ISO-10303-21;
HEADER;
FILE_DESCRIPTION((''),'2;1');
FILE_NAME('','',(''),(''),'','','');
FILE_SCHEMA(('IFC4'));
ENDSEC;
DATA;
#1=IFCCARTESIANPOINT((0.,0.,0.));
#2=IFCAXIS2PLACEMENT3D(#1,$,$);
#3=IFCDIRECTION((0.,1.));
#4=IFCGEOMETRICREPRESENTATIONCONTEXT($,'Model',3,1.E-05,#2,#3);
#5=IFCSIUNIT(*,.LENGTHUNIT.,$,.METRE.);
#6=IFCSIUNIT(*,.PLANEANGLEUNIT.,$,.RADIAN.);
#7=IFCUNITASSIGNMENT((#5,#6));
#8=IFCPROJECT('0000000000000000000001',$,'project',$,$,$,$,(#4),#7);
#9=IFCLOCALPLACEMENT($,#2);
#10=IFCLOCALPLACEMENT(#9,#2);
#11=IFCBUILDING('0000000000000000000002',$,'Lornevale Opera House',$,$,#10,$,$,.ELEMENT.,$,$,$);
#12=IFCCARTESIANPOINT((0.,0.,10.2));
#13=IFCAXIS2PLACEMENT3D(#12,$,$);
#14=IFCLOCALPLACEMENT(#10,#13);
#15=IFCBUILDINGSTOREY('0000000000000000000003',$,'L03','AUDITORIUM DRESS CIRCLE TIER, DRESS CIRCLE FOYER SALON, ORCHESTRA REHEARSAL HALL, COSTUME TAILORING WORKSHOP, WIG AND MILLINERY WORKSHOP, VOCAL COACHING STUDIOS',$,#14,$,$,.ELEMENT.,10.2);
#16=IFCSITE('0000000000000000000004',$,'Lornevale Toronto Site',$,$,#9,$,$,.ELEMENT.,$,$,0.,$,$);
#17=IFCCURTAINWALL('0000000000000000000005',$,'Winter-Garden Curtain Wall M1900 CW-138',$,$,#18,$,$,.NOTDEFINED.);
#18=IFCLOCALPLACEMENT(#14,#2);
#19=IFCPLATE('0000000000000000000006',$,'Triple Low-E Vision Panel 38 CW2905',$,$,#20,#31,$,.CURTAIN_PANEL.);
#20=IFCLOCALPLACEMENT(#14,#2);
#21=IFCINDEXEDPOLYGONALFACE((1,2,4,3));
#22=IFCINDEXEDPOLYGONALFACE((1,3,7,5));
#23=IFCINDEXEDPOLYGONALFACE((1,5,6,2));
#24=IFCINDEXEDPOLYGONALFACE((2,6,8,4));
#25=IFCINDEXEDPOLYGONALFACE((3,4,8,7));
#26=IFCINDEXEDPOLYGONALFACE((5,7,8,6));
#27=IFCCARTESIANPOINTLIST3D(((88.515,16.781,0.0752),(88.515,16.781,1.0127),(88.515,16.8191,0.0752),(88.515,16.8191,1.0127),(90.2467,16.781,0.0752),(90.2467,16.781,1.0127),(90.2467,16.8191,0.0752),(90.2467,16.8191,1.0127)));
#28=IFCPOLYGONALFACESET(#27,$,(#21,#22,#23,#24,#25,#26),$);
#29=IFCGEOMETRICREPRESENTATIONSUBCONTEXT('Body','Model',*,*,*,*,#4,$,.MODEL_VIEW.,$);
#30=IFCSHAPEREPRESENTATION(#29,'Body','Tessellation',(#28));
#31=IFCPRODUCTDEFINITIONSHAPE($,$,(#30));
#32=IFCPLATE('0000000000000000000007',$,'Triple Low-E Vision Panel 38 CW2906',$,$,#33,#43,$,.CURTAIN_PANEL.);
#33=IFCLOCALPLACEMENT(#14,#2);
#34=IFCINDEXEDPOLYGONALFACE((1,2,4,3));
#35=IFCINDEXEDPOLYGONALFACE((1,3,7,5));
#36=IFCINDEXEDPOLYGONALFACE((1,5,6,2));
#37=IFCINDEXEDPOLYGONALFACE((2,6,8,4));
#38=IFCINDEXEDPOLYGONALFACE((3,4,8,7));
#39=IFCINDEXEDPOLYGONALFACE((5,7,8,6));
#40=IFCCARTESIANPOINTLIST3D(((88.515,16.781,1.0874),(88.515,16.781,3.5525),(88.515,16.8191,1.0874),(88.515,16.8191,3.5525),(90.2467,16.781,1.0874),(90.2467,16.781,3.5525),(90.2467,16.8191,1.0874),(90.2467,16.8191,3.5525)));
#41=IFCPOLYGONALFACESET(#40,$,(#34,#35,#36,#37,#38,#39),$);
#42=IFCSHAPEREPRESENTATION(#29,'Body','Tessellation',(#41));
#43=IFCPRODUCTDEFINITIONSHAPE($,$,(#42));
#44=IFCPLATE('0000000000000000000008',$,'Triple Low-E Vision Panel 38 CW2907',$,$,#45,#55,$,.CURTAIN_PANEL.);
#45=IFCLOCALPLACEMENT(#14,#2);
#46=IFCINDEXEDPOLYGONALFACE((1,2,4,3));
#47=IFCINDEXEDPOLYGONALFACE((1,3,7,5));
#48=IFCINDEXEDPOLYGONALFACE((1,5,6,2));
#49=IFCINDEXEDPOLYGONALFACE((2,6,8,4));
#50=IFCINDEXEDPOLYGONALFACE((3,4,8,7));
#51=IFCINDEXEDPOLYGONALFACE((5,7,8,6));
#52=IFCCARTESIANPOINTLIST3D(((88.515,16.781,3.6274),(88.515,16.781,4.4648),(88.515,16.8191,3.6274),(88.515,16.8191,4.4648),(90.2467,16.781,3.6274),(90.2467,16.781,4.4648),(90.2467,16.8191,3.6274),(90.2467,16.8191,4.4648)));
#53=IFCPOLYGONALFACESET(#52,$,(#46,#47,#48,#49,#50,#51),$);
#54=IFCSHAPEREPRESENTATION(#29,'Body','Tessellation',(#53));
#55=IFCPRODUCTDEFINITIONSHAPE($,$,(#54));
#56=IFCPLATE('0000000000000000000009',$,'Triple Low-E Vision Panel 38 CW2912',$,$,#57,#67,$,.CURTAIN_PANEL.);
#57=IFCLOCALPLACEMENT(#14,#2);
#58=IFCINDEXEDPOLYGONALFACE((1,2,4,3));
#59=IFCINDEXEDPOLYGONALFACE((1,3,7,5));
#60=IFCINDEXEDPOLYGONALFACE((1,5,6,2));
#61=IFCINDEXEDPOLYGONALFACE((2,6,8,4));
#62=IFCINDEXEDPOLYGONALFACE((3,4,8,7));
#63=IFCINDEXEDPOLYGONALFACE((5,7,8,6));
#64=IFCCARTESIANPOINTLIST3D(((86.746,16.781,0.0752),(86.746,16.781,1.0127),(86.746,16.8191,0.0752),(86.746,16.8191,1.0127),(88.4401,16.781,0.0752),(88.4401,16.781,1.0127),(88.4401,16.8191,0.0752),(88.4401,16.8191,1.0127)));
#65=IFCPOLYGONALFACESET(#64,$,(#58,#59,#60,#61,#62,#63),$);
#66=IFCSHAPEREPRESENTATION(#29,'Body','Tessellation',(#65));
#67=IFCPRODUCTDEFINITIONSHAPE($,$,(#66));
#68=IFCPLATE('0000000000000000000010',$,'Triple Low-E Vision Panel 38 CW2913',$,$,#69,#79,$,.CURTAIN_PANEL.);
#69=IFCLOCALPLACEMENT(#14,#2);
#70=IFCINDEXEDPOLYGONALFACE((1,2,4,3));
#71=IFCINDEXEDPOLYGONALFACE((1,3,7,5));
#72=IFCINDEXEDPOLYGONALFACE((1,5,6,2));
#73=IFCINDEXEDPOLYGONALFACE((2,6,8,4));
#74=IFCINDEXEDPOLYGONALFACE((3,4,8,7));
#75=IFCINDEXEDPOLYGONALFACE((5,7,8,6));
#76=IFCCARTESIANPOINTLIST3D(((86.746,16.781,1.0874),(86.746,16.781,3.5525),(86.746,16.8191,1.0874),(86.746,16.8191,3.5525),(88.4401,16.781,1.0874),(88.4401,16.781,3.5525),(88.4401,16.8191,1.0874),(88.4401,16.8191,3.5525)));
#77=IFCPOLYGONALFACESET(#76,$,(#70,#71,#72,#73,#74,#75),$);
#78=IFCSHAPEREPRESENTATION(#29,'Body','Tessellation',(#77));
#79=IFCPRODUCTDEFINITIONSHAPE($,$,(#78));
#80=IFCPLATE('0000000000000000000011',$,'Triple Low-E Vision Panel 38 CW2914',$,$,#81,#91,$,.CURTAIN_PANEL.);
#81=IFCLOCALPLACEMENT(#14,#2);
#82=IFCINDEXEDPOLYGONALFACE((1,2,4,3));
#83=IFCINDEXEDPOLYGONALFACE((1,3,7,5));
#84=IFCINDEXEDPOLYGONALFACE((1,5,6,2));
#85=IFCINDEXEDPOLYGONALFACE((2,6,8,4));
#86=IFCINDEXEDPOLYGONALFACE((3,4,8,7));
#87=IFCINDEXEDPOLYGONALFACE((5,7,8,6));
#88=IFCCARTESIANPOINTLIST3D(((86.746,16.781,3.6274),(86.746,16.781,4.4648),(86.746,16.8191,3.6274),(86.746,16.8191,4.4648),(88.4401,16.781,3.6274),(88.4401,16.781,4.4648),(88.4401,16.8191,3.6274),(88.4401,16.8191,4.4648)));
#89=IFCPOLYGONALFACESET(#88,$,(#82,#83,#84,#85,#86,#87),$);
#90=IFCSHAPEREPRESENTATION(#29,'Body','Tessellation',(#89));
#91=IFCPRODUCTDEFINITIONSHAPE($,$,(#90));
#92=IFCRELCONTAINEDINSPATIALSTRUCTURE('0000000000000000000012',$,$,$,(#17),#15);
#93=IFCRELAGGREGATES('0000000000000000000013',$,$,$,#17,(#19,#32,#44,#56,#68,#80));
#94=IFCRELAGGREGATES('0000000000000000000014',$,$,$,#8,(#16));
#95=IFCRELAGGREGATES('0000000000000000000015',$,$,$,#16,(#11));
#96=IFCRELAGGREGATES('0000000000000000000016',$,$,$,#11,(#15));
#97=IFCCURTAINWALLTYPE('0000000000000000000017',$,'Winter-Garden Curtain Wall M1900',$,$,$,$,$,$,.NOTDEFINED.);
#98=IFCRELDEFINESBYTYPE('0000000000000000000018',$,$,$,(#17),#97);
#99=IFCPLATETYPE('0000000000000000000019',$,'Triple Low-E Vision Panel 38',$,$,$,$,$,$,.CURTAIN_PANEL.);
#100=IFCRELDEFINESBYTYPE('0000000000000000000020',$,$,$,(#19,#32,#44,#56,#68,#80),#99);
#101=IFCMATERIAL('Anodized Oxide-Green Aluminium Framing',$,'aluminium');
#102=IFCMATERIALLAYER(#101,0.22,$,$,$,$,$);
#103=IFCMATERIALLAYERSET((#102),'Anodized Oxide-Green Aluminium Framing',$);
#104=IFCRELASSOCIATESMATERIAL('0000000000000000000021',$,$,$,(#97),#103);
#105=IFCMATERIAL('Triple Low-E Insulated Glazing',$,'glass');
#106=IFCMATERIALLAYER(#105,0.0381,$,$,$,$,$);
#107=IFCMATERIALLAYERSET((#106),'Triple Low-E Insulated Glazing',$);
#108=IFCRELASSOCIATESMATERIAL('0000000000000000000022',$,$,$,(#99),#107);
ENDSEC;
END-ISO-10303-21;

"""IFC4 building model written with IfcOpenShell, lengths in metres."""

from ifc_helpers import new_model, si_unit, direction, frame, origin, origin_2d, place, context, subcontext, project, spatial, rectangle, extrude, material, layer, layer_set, type_object, element, aggregate, save


model = new_model("IFC4")

# Units and contexts
model_context = context("Model", 3, precision=1e-05, world=origin(), true_north=direction((0.0, 1.0)))
body_context = subcontext(model_context, "Body", "Model", "MODEL_VIEW")
ifc_project = project(units=[si_unit("LENGTHUNIT", "METRE"), si_unit("PLANEANGLEUNIT", "RADIAN")], contexts=[model_context])

# Site, building, storey
site_placement = place(None, origin())
site = spatial("IfcSite", under=ifc_project, at=site_placement, Name="Lornevale Toronto Site", CompositionType="ELEMENT", RefElevation=0.0)
building_placement = place(site_placement, origin())
building = spatial("IfcBuilding", under=site, at=building_placement, Name="Lornevale Opera House", CompositionType="ELEMENT")
storey_placement = place(building_placement, frame((0.0, 0.0, 10.2)))
storey = spatial("IfcBuildingStorey", under=building, at=storey_placement, Name="L03", Description="AUDITORIUM DRESS CIRCLE TIER, DRESS CIRCLE FOYER SALON, ORCHESTRA REHEARSAL HALL, COSTUME TAILORING WORKSHOP, WIG AND MILLINERY WORKSHOP, VOCAL COACHING STUDIOS", CompositionType="ELEMENT", Elevation=10.2)

# Shared definitions
ifc_material_1 = material(Name="Anodized Oxide-Green Aluminium Framing", Category="aluminium")
ifc_layer_1 = layer(ifc_material_1, 0.22)
ifc_layer_set_1 = layer_set([ifc_layer_1], Name="Anodized Oxide-Green Aluminium Framing")
curtain_wall_type = type_object("IfcCurtainWallType", Name="Winter-Garden Curtain Wall M1900", PredefinedType="NOTDEFINED", material=ifc_layer_set_1)

# Curtain wall
curtain_wall_1_placement = place(storey_placement, origin())
curtain_wall_1 = element("IfcCurtainWall", 1, at=curtain_wall_1_placement, inside=storey, type_object=curtain_wall_type, Name="Winter-Garden Curtain Wall M1900 CW-138", PredefinedType="NOTDEFINED")

# Plates
ifc_material_2 = material(Name="Triple Low-E Insulated Glazing", Category="glass")
ifc_layer_2 = layer(ifc_material_2, 0.0381)
ifc_layer_set_2 = layer_set([ifc_layer_2], Name="Triple Low-E Insulated Glazing")
plate_type = type_object("IfcPlateType", Name="Triple Low-E Vision Panel 38", PredefinedType="CURTAIN_PANEL", material=ifc_layer_set_2)
plate_1_placement = place(storey_placement, frame((89.3809, 16.8, 0.0752), z_axis=(0.0, 0.0, 1.0), x_axis=(-1.0, 0.0, 0.0)))
plate_1 = element("IfcPlate", 2, at=plate_1_placement, type_object=plate_type, Name="Triple Low-E Vision Panel 38 CW2905", PredefinedType="CURTAIN_PANEL", context=body_context, shape_type="SweptSolid", body=[
    extrude(rectangle(XDim=1.7317, YDim=0.0381, at=origin_2d()), origin(), (0.0, 0.0, 1.0), 0.9375),
])
plate_2_placement = place(storey_placement, frame((89.3809, 16.8, 1.0874), z_axis=(0.0, 0.0, 1.0), x_axis=(-1.0, 0.0, 0.0)))
plate_2 = element("IfcPlate", 3, at=plate_2_placement, type_object=plate_type, Name="Triple Low-E Vision Panel 38 CW2906", PredefinedType="CURTAIN_PANEL", context=body_context, shape_type="SweptSolid", body=[
    extrude(rectangle(XDim=1.7317, YDim=0.0381, at=origin_2d()), origin(), (0.0, 0.0, 1.0), 2.4651),
])
plate_3_placement = place(storey_placement, frame((89.3809, 16.8, 3.6274), z_axis=(0.0, 0.0, 1.0), x_axis=(-1.0, 0.0, 0.0)))
plate_3 = element("IfcPlate", 4, at=plate_3_placement, type_object=plate_type, Name="Triple Low-E Vision Panel 38 CW2907", PredefinedType="CURTAIN_PANEL", context=body_context, shape_type="SweptSolid", body=[
    extrude(rectangle(XDim=1.7317, YDim=0.0381, at=origin_2d()), origin(), (0.0, 0.0, 1.0), 0.8374),
])
plate_4_placement = place(storey_placement, frame((87.593, 16.8, 0.0752), z_axis=(0.0, 0.0, 1.0), x_axis=(-1.0, 0.0, 0.0)))
plate_4 = element("IfcPlate", 5, at=plate_4_placement, type_object=plate_type, Name="Triple Low-E Vision Panel 38 CW2912", PredefinedType="CURTAIN_PANEL", context=body_context, shape_type="SweptSolid", body=[
    extrude(rectangle(XDim=1.6941, YDim=0.0381, at=origin_2d()), origin(), (0.0, 0.0, 1.0), 0.9375),
])
plate_5_placement = place(storey_placement, frame((87.593, 16.8, 1.0874), z_axis=(0.0, 0.0, 1.0), x_axis=(-1.0, 0.0, 0.0)))
plate_5 = element("IfcPlate", 6, at=plate_5_placement, type_object=plate_type, Name="Triple Low-E Vision Panel 38 CW2913", PredefinedType="CURTAIN_PANEL", context=body_context, shape_type="SweptSolid", body=[
    extrude(rectangle(XDim=1.6941, YDim=0.0381, at=origin_2d()), origin(), (0.0, 0.0, 1.0), 2.4651),
])
plate_6_placement = place(storey_placement, frame((87.593, 16.8, 3.6274), z_axis=(0.0, 0.0, 1.0), x_axis=(-1.0, 0.0, 0.0)))
plate_6 = element("IfcPlate", 7, at=plate_6_placement, type_object=plate_type, Name="Triple Low-E Vision Panel 38 CW2914", PredefinedType="CURTAIN_PANEL", context=body_context, shape_type="SweptSolid", body=[
    extrude(rectangle(XDim=1.6941, YDim=0.0381, at=origin_2d()), origin(), (0.0, 0.0, 1.0), 0.8374),
])
aggregate(curtain_wall_1, [plate_1, plate_2, plate_3, plate_4, plate_5, plate_6])

save(model, "model.ifc")
